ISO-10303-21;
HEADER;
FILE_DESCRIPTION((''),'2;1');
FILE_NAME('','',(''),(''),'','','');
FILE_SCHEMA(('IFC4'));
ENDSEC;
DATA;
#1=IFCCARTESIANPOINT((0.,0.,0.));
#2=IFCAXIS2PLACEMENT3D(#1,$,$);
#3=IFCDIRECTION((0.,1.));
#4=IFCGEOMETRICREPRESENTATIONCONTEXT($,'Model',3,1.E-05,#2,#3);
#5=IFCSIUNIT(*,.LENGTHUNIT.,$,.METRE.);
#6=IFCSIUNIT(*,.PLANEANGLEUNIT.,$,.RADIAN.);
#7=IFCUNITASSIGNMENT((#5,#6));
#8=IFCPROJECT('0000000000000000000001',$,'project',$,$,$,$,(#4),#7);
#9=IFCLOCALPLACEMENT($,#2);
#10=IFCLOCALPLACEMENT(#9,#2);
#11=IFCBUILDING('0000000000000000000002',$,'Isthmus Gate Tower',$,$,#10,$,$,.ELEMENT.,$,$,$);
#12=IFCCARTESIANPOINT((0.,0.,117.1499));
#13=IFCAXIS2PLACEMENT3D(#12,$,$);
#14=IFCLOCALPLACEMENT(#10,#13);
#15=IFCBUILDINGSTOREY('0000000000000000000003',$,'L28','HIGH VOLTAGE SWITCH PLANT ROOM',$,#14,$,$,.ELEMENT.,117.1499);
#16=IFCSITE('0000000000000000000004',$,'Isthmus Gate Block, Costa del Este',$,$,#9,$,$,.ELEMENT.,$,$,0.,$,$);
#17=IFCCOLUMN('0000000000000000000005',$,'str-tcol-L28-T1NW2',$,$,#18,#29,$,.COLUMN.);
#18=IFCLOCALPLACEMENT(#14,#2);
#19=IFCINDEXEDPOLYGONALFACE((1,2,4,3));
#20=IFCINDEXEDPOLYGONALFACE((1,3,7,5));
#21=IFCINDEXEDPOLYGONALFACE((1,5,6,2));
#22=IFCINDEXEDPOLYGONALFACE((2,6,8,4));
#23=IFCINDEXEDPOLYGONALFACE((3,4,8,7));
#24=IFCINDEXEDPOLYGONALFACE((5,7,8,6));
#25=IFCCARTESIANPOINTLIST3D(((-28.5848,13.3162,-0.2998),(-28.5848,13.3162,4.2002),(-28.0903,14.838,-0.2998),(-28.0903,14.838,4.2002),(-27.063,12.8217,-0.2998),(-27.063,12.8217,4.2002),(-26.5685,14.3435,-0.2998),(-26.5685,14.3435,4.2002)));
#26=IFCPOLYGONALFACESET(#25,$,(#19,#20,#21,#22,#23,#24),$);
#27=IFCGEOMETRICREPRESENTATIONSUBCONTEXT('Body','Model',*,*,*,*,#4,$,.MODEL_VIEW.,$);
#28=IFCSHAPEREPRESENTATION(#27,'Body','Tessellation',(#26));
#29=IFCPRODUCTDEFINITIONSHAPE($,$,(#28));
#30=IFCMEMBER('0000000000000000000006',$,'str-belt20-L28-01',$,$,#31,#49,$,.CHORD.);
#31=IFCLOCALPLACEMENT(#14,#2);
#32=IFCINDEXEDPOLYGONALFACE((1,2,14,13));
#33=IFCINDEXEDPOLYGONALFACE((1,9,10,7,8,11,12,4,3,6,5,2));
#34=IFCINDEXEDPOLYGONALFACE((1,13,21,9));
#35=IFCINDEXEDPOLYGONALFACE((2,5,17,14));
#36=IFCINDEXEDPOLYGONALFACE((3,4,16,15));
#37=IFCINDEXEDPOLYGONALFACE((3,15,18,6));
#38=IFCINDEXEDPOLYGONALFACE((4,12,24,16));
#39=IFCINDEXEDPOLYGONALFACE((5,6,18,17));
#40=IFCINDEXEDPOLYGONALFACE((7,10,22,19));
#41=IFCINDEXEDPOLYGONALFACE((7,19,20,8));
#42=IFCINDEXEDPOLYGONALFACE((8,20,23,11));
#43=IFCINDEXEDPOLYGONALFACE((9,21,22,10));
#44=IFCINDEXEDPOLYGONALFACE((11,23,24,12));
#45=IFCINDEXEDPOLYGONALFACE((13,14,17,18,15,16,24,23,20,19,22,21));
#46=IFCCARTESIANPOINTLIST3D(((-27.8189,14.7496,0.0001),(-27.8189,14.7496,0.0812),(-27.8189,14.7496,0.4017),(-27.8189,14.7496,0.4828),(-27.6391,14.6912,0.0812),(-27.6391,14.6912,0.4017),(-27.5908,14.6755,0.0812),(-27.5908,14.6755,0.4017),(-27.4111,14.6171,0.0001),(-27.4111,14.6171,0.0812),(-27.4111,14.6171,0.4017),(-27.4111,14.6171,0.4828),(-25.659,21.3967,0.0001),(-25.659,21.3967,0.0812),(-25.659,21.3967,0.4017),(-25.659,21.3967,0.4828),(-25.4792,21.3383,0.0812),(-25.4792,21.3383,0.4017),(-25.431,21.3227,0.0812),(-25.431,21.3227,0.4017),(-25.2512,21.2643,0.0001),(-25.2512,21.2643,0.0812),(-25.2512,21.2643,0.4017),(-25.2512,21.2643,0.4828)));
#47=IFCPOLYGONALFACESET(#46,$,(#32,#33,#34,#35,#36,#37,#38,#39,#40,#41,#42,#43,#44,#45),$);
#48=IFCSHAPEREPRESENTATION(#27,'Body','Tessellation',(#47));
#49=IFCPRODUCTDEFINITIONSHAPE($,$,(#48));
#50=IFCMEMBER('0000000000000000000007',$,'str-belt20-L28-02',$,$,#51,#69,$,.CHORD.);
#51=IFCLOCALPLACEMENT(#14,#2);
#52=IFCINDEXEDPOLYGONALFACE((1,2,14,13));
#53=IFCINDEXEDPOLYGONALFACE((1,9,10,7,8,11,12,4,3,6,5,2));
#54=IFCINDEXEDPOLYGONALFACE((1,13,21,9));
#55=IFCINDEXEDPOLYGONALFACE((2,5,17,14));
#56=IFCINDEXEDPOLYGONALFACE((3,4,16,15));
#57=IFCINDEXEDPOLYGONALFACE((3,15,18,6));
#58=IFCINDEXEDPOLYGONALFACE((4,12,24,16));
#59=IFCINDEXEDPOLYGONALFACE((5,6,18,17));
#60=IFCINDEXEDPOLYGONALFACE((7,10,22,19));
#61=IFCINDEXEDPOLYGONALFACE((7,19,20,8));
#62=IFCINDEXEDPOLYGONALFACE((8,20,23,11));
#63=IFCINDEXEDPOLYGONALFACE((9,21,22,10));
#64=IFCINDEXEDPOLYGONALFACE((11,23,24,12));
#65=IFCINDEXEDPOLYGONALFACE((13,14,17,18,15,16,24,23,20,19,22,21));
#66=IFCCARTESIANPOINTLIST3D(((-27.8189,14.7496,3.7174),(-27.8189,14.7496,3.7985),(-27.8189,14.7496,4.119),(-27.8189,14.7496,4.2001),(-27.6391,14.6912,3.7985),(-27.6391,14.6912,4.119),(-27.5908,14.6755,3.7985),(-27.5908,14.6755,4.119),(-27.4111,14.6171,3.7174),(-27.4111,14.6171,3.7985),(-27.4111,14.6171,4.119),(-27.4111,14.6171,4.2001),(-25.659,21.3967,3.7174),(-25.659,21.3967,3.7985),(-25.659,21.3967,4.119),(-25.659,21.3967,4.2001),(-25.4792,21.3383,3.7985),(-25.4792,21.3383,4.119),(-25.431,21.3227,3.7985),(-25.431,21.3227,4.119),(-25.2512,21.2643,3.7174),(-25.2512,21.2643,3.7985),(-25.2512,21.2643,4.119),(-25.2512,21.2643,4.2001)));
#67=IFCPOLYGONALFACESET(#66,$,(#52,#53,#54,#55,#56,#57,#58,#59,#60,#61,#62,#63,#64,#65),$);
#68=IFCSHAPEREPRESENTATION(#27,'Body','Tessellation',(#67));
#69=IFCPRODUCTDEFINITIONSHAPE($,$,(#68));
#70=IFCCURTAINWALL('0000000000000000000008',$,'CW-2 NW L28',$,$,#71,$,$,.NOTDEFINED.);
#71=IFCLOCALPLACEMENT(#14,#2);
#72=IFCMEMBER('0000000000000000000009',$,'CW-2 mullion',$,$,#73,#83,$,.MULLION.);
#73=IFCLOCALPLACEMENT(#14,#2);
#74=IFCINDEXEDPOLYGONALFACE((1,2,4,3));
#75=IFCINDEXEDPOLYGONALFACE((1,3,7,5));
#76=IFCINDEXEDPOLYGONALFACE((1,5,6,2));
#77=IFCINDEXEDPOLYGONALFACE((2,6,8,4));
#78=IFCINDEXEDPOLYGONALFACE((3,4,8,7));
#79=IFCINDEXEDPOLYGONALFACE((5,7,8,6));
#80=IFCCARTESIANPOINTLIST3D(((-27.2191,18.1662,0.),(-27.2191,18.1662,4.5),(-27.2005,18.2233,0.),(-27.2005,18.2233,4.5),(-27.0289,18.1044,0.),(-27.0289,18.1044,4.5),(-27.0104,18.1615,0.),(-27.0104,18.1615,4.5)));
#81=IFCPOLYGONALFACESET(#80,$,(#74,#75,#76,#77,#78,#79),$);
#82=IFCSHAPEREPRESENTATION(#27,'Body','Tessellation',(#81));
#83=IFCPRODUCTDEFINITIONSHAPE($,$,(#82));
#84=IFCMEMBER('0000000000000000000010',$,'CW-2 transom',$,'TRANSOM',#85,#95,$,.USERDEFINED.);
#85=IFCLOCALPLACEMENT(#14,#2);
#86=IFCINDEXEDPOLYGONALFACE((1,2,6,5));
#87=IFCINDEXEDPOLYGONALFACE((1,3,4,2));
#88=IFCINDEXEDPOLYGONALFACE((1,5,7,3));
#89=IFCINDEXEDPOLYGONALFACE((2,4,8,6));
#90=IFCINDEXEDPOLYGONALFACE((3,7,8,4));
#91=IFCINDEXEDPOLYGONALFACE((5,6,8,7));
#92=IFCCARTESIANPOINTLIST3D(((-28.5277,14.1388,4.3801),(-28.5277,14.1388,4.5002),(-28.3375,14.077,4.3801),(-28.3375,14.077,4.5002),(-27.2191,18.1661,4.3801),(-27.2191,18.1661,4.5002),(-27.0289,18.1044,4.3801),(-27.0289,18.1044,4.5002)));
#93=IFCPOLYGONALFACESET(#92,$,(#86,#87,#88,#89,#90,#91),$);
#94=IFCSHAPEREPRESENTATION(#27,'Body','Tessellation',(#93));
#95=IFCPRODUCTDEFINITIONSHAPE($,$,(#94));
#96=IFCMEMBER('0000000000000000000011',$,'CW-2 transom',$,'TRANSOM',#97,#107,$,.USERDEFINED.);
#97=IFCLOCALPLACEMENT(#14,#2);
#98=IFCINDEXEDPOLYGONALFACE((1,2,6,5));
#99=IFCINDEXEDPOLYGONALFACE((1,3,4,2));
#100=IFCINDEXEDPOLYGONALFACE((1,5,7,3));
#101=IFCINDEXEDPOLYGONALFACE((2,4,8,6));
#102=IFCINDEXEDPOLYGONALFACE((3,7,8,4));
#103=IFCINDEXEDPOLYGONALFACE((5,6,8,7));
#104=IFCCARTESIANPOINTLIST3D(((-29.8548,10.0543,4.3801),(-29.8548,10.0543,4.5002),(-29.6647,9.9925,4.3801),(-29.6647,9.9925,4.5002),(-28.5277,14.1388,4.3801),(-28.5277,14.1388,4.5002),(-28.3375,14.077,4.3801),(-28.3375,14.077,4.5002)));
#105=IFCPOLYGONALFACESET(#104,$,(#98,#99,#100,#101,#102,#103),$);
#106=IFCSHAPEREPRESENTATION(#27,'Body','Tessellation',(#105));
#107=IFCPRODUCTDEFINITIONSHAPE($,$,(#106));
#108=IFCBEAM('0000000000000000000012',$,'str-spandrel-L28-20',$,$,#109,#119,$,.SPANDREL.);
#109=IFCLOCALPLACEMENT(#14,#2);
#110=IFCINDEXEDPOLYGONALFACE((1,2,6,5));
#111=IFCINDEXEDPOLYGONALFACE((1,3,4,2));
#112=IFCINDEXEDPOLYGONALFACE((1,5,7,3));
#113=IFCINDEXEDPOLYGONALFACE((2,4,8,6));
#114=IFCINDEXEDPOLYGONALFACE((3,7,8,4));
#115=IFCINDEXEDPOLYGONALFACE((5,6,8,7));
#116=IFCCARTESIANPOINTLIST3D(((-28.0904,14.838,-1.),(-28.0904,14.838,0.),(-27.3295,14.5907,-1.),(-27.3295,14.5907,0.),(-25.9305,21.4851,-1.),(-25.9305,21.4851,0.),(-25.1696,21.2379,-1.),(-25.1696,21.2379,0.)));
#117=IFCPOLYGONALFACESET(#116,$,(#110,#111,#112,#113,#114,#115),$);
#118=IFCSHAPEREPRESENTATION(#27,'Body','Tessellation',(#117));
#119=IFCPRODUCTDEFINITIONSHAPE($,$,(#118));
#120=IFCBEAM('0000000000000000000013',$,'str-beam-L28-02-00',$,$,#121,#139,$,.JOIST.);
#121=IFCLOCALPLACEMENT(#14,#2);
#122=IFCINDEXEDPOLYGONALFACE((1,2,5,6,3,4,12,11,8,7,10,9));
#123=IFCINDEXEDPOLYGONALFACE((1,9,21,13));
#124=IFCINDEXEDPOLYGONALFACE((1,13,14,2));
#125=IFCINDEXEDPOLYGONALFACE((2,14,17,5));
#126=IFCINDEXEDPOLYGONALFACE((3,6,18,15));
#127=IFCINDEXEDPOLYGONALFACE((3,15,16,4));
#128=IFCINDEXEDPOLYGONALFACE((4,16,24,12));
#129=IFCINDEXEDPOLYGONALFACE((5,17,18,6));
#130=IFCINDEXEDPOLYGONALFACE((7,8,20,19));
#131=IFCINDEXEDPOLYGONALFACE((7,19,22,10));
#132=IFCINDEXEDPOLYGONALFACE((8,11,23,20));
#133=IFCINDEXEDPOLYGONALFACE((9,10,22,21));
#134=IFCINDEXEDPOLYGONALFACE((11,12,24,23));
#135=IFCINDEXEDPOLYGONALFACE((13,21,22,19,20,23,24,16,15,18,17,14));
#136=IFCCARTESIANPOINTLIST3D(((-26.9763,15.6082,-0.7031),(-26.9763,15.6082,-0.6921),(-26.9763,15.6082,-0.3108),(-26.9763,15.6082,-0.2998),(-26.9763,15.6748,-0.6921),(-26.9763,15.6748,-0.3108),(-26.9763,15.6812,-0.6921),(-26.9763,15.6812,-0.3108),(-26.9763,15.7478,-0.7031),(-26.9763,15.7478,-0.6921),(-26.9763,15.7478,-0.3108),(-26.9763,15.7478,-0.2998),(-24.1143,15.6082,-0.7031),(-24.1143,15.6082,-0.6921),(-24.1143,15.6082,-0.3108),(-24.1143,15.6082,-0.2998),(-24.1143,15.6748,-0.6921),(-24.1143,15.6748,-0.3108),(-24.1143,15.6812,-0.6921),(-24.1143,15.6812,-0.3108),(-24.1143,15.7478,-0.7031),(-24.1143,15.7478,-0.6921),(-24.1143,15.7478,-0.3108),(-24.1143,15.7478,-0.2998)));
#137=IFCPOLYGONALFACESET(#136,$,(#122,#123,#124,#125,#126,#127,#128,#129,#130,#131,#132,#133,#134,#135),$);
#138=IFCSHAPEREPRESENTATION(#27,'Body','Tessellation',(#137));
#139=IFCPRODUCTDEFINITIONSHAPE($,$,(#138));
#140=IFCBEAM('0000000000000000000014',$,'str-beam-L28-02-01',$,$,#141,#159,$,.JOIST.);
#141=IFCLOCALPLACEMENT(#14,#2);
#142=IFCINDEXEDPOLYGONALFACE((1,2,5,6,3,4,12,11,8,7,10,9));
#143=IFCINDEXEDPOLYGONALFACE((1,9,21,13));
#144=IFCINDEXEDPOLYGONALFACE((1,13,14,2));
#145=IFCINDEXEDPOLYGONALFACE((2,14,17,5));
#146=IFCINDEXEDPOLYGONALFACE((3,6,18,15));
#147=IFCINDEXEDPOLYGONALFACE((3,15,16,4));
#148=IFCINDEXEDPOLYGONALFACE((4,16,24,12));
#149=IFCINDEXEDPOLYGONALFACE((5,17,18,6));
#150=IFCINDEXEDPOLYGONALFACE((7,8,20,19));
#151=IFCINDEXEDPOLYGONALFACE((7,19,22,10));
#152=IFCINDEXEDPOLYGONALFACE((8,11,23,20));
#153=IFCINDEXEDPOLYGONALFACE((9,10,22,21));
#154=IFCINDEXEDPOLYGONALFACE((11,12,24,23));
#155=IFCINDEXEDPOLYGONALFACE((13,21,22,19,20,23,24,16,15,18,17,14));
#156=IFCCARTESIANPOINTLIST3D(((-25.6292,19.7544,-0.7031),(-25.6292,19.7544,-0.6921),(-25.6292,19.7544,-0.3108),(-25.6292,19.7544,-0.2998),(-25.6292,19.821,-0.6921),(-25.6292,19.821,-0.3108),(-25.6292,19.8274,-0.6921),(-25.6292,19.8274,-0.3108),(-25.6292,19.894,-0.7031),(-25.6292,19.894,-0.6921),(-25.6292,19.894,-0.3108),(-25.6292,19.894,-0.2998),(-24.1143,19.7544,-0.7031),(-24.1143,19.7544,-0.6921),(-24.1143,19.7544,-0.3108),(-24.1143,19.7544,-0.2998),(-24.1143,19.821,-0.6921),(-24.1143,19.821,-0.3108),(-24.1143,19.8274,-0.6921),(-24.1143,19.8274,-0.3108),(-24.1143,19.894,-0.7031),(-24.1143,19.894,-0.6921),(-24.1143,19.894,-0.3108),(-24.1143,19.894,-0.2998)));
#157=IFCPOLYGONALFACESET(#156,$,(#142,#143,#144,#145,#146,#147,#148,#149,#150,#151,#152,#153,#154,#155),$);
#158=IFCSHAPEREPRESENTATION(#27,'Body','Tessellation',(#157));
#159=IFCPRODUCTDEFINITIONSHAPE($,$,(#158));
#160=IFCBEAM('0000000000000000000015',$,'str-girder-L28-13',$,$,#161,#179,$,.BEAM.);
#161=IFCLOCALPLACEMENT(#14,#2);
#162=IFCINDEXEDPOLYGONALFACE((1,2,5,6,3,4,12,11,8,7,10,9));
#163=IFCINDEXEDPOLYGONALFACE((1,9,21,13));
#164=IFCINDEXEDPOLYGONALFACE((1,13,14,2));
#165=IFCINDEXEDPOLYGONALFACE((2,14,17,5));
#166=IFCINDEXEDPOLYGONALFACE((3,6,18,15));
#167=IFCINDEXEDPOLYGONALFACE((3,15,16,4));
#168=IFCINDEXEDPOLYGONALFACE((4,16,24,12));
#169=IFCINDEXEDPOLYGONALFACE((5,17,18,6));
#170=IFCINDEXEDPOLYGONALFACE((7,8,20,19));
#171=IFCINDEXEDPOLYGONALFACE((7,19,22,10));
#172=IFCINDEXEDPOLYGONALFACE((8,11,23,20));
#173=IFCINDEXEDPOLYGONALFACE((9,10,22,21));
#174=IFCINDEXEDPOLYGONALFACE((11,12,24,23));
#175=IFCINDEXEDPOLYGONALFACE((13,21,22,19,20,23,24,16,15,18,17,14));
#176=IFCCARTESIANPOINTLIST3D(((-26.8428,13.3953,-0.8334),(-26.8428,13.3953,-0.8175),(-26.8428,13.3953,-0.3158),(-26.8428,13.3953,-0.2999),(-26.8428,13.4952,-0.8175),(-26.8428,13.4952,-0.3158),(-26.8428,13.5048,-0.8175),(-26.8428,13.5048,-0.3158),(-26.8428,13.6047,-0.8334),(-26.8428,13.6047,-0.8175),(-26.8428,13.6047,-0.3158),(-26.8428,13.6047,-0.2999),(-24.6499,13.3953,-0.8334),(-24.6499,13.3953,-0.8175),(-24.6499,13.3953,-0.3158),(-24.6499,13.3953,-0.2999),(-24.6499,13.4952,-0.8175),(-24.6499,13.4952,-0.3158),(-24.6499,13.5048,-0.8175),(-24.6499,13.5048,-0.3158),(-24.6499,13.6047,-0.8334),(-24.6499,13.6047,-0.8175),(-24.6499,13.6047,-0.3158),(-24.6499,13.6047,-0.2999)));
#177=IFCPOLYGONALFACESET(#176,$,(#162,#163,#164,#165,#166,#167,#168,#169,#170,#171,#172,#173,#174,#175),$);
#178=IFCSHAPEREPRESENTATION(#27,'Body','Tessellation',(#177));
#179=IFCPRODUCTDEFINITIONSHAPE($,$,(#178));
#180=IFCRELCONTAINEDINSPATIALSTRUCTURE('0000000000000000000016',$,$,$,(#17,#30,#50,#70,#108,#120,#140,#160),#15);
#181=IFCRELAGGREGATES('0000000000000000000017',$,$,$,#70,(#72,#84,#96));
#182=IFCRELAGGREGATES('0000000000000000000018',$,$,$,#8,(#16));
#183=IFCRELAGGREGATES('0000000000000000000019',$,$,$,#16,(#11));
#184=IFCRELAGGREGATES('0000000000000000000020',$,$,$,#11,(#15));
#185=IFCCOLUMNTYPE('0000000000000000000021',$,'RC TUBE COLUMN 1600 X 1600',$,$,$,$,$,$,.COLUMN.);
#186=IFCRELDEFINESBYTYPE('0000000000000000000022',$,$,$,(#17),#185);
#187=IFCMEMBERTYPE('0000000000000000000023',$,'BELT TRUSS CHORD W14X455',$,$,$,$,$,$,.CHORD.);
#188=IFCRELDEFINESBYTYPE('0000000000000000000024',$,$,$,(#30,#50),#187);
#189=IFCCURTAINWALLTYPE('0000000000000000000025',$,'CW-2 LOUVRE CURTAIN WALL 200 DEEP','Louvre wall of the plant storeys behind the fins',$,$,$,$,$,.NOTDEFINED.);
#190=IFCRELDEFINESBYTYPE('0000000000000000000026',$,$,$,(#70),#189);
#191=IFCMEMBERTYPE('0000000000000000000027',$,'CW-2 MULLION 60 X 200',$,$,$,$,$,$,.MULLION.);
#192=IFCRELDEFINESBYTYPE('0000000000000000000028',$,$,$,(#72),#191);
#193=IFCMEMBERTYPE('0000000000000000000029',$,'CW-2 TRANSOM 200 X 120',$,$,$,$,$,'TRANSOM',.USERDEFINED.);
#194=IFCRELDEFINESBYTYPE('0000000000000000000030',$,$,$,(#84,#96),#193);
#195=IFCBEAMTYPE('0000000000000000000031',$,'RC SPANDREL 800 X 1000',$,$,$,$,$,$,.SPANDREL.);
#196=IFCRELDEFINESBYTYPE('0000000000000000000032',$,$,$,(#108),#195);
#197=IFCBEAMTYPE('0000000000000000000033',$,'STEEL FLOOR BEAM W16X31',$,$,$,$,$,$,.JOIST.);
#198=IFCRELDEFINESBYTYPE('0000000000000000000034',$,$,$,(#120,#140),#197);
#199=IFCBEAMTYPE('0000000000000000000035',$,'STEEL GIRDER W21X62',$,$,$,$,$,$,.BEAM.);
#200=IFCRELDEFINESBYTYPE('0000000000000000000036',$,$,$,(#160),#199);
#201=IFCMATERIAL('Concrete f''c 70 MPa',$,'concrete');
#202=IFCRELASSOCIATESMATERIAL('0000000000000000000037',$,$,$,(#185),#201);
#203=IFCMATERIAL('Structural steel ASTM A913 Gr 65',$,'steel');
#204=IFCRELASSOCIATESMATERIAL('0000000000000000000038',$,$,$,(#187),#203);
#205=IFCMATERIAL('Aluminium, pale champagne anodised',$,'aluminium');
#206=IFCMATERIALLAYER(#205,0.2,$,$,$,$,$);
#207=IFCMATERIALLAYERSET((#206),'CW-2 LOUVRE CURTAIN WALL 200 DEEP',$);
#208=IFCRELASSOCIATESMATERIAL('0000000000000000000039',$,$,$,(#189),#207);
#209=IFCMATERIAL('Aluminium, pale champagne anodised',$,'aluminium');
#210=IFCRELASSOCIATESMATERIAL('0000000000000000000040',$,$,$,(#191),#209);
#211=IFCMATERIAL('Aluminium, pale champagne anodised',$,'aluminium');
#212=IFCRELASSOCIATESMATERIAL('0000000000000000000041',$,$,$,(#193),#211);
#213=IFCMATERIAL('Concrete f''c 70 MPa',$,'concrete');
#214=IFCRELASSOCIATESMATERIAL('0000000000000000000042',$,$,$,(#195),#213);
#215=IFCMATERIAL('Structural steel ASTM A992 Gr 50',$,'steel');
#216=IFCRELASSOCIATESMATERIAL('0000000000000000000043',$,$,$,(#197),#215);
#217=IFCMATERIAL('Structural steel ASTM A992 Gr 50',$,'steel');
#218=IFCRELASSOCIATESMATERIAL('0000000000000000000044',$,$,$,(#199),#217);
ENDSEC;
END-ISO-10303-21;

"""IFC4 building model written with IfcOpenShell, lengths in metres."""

from ifc_helpers import new_model, si_unit, direction, frame, origin, origin_2d, place, context, subcontext, project, spatial, rectangle, i_section, extrude, material, layer, layer_set, material_profile, profile_set, type_object, element, aggregate, save


model = new_model("IFC4")

# Units and contexts
model_context = context("Model", 3, precision=1e-05, world=origin(), true_north=direction((0.0, 1.0)))
body_context = subcontext(model_context, "Body", "Model", "MODEL_VIEW")
ifc_project = project(units=[si_unit("LENGTHUNIT", "METRE"), si_unit("PLANEANGLEUNIT", "RADIAN")], contexts=[model_context])

# Site, building, storey
site_placement = place(None, origin())
site = spatial("IfcSite", under=ifc_project, at=site_placement, Name="Isthmus Gate Block, Costa del Este", CompositionType="ELEMENT", RefElevation=0.0)
building_placement = place(site_placement, origin())
building = spatial("IfcBuilding", under=site, at=building_placement, Name="Isthmus Gate Tower", CompositionType="ELEMENT")
storey_placement = place(building_placement, frame((0.0, 0.0, 117.1499)))
storey = spatial("IfcBuildingStorey", under=building, at=storey_placement, Name="L28", Description="HIGH VOLTAGE SWITCH PLANT ROOM", CompositionType="ELEMENT", Elevation=117.1499)

# Column
ifc_material_1 = material(Name="Concrete f'c 70 MPa", Category="concrete")
ifc_material_profile_1 = material_profile(ifc_material_1, rectangle(XDim=1.6001, YDim=1.6001, at=origin_2d()), Name="RC 1600X1600")
ifc_profile_set_1 = profile_set([ifc_material_profile_1], Name="Concrete f'c 70 MPa")
column_type = type_object("IfcColumnType", Name="RC TUBE COLUMN 1600 X 1600", PredefinedType="COLUMN", material=ifc_profile_set_1)
column_placement = place(storey_placement, frame((-27.5767, 13.8298, -0.2998), z_axis=(0.0, 0.0, 1.0), x_axis=(-0.309017, -0.951057, 0.0)))
element("IfcColumn", 1, at=column_placement, inside=storey, type_object=column_type, Name="str-tcol-L28-T1NW2", PredefinedType="COLUMN", context=body_context, shape_type="SweptSolid", body=[
    extrude(rectangle(XDim=1.6001, YDim=1.6001, at=origin_2d()), origin(), (0.0, 0.0, 1.0), 4.5),
])

# Members
ifc_material_2 = material(Name="Structural steel ASTM A913 Gr 65", Category="steel")
ifc_material_profile_2 = material_profile(ifc_material_2, i_section(OverallWidth=0.4287, OverallDepth=0.4827, WebThickness=0.0508, FlangeThickness=0.0811, at=origin_2d()), Name="W14X455")
ifc_profile_set_2 = profile_set([ifc_material_profile_2], Name="Structural steel ASTM A913 Gr 65")
member_type_1 = type_object("IfcMemberType", Name="BELT TRUSS CHORD W14X455", PredefinedType="CHORD", material=ifc_profile_set_2)
for number, where, z_axis, x_axis, name in (
    (2, (-27.615, 14.6833, 0.2415), (0.30903, 0.951052, 0.0), (-0.951052, 0.30903, 0.0), "str-belt20-L28-01"),
    (3, (-27.615, 14.6833, 3.9587), (0.30903, 0.951052, 0.0), (-0.951052, 0.30903, 0.0), "str-belt20-L28-02"),
):
    element("IfcMember", number, at=place(storey_placement, frame(where, z_axis=z_axis, x_axis=x_axis)), inside=storey, type_object=member_type_1, Name=name, PredefinedType="CHORD", context=body_context, shape_type="SweptSolid", body=[
        extrude(i_section(OverallWidth=0.4287, OverallDepth=0.4827, WebThickness=0.0508, FlangeThickness=0.0811, at=origin_2d()), origin(), (0.0, 0.0, 1.0), 6.9893),
    ])

# Curtain wall, members
ifc_material_3 = material(Name="Aluminium, pale champagne anodised", Category="aluminium")
ifc_layer_1 = layer(ifc_material_3, 0.2)
ifc_layer_set_1 = layer_set([ifc_layer_1], Name="CW-2 LOUVRE CURTAIN WALL 200 DEEP")
curtain_wall_type = type_object("IfcCurtainWallType", Name="CW-2 LOUVRE CURTAIN WALL 200 DEEP", Description="Louvre wall of the plant storeys behind the fins", PredefinedType="NOTDEFINED", material=ifc_layer_set_1)
curtain_wall_placement = place(storey_placement, origin())
curtain_wall = element("IfcCurtainWall", 4, at=curtain_wall_placement, inside=storey, type_object=curtain_wall_type, Name="CW-2 NW L28", PredefinedType="NOTDEFINED")
ifc_material_4 = material(Name="Aluminium, pale champagne anodised", Category="aluminium")
ifc_material_profile_3 = material_profile(ifc_material_4, rectangle(XDim=0.0601, YDim=0.2, at=origin_2d()), Name="60x200")
ifc_profile_set_3 = profile_set([ifc_material_profile_3], Name="Aluminium, pale champagne anodised")
member_type_2 = type_object("IfcMemberType", Name="CW-2 MULLION 60 X 200", PredefinedType="MULLION", material=ifc_profile_set_3)
member_1_placement = place(storey_placement, frame((-27.1147, 18.1638, 0.0), z_axis=(0.0, 0.0, 1.0), x_axis=(-0.309017, -0.951057, 0.0)))
member_1 = element("IfcMember", 5, at=member_1_placement, type_object=member_type_2, Name="CW-2 mullion", PredefinedType="MULLION", context=body_context, shape_type="SweptSolid", body=[
    extrude(rectangle(XDim=0.0601, YDim=0.2, at=origin_2d()), origin(), (0.0, 0.0, 1.0), 4.5),
])
ifc_material_5 = material(Name="Aluminium, pale champagne anodised", Category="aluminium")
ifc_material_profile_4 = material_profile(ifc_material_5, rectangle(XDim=0.2, YDim=0.1201, at=origin_2d()), Name="200x120")
ifc_profile_set_4 = profile_set([ifc_material_profile_4], Name="Aluminium, pale champagne anodised")
member_type_3 = type_object("IfcMemberType", Name="CW-2 TRANSOM 200 X 120", ElementType="TRANSOM", PredefinedType="USERDEFINED", material=ifc_profile_set_4)
member_2_placement = place(storey_placement, frame((-27.124, 18.1353, 4.4402), z_axis=(-0.309023, -0.951054, 0.0), x_axis=(0.951054, -0.309023, 0.0)))
member_2 = element("IfcMember", 6, at=member_2_placement, type_object=member_type_3, Name="CW-2 transom", ObjectType="TRANSOM", PredefinedType="USERDEFINED", context=body_context, shape_type="SweptSolid", body=[
    extrude(rectangle(XDim=0.2, YDim=0.1201, at=origin_2d()), origin(), (0.0, 0.0, 1.0), 4.2346),
])
member_3_placement = place(storey_placement, frame((-28.4326, 14.1079, 4.4402), z_axis=(-0.309022, -0.951055, 0.0), x_axis=(0.951055, -0.309022, 0.0)))
member_3 = element("IfcMember", 7, at=member_3_placement, type_object=member_type_3, Name="CW-2 transom", ObjectType="TRANSOM", PredefinedType="USERDEFINED", context=body_context, shape_type="SweptSolid", body=[
    extrude(rectangle(XDim=0.2, YDim=0.1201, at=origin_2d()), origin(), (0.0, 0.0, 1.0), 4.2947),
])

# Beams
ifc_material_6 = material(Name="Concrete f'c 70 MPa", Category="concrete")
ifc_material_profile_5 = material_profile(ifc_material_6, rectangle(XDim=0.8, YDim=1.0, at=origin_2d()), Name="RC 800X1000")
ifc_profile_set_5 = profile_set([ifc_material_profile_5], Name="Concrete f'c 70 MPa")
beam_type_1 = type_object("IfcBeamType", Name="RC SPANDREL 800 X 1000", PredefinedType="SPANDREL", material=ifc_profile_set_5)
beam_1_placement = place(storey_placement, frame((-27.71, 14.7144, -0.5), z_axis=(0.30903, 0.951052, 0.0), x_axis=(-0.951052, 0.30903, 0.0)))
element("IfcBeam", 8, at=beam_1_placement, inside=storey, type_object=beam_type_1, Name="str-spandrel-L28-20", PredefinedType="SPANDREL", context=body_context, shape_type="SweptSolid", body=[
    extrude(rectangle(XDim=0.8, YDim=1.0, at=origin_2d()), origin(), (0.0, 0.0, 1.0), 6.9893),
])
ifc_material_7 = material(Name="Structural steel ASTM A992 Gr 50", Category="steel")
ifc_material_profile_6 = material_profile(ifc_material_7, i_section(OverallWidth=0.1396, OverallDepth=0.4033, WebThickness=0.0063, FlangeThickness=0.011, at=origin_2d()), Name="W16X31")
ifc_profile_set_6 = profile_set([ifc_material_profile_6], Name="Structural steel ASTM A992 Gr 50")
beam_type_2 = type_object("IfcBeamType", Name="STEEL FLOOR BEAM W16X31", PredefinedType="JOIST", material=ifc_profile_set_6)
beam_2_placement = place(storey_placement, frame((-26.9763, 15.678, -0.5015), z_axis=(1.0, 0.0, 0.0), x_axis=(0.0, 1.0, 0.0)))
element("IfcBeam", 9, at=beam_2_placement, inside=storey, type_object=beam_type_2, Name="str-beam-L28-02-00", PredefinedType="JOIST", context=body_context, shape_type="SweptSolid", body=[
    extrude(i_section(OverallWidth=0.1396, OverallDepth=0.4033, WebThickness=0.0063, FlangeThickness=0.011, at=origin_2d()), origin(), (0.0, 0.0, 1.0), 2.8621),
])
beam_3_placement = place(storey_placement, frame((-25.6292, 19.8242, -0.5015), z_axis=(1.0, 0.0, 0.0), x_axis=(0.0, 1.0, 0.0)))
element("IfcBeam", 10, at=beam_3_placement, inside=storey, type_object=beam_type_2, Name="str-beam-L28-02-01", PredefinedType="JOIST", context=body_context, shape_type="SweptSolid", body=[
    extrude(i_section(OverallWidth=0.1396, OverallDepth=0.4033, WebThickness=0.0063, FlangeThickness=0.011, at=origin_2d()), origin(), (0.0, 0.0, 1.0), 1.5149),
])
ifc_material_8 = material(Name="Structural steel ASTM A992 Gr 50", Category="steel")
ifc_material_profile_7 = material_profile(ifc_material_8, i_section(OverallWidth=0.2095, OverallDepth=0.5334, WebThickness=0.0095, FlangeThickness=0.0159, at=origin_2d()), Name="W21X62")
ifc_profile_set_7 = profile_set([ifc_material_profile_7], Name="Structural steel ASTM A992 Gr 50")
beam_type_3 = type_object("IfcBeamType", Name="STEEL GIRDER W21X62", PredefinedType="BEAM", material=ifc_profile_set_7)
beam_4_placement = place(storey_placement, frame((-26.8428, 13.5, -0.5667), z_axis=(1.0, 0.0, 0.0), x_axis=(0.0, 1.0, 0.0)))
element("IfcBeam", 11, at=beam_4_placement, inside=storey, type_object=beam_type_3, Name="str-girder-L28-13", PredefinedType="BEAM", context=body_context, shape_type="SweptSolid", body=[
    extrude(i_section(OverallWidth=0.2095, OverallDepth=0.5334, WebThickness=0.0095, FlangeThickness=0.0159, at=origin_2d()), origin(), (0.0, 0.0, 1.0), 2.1929),
])

aggregate(curtain_wall, [member_1, member_2, member_3])

save(model, "model.ifc")
